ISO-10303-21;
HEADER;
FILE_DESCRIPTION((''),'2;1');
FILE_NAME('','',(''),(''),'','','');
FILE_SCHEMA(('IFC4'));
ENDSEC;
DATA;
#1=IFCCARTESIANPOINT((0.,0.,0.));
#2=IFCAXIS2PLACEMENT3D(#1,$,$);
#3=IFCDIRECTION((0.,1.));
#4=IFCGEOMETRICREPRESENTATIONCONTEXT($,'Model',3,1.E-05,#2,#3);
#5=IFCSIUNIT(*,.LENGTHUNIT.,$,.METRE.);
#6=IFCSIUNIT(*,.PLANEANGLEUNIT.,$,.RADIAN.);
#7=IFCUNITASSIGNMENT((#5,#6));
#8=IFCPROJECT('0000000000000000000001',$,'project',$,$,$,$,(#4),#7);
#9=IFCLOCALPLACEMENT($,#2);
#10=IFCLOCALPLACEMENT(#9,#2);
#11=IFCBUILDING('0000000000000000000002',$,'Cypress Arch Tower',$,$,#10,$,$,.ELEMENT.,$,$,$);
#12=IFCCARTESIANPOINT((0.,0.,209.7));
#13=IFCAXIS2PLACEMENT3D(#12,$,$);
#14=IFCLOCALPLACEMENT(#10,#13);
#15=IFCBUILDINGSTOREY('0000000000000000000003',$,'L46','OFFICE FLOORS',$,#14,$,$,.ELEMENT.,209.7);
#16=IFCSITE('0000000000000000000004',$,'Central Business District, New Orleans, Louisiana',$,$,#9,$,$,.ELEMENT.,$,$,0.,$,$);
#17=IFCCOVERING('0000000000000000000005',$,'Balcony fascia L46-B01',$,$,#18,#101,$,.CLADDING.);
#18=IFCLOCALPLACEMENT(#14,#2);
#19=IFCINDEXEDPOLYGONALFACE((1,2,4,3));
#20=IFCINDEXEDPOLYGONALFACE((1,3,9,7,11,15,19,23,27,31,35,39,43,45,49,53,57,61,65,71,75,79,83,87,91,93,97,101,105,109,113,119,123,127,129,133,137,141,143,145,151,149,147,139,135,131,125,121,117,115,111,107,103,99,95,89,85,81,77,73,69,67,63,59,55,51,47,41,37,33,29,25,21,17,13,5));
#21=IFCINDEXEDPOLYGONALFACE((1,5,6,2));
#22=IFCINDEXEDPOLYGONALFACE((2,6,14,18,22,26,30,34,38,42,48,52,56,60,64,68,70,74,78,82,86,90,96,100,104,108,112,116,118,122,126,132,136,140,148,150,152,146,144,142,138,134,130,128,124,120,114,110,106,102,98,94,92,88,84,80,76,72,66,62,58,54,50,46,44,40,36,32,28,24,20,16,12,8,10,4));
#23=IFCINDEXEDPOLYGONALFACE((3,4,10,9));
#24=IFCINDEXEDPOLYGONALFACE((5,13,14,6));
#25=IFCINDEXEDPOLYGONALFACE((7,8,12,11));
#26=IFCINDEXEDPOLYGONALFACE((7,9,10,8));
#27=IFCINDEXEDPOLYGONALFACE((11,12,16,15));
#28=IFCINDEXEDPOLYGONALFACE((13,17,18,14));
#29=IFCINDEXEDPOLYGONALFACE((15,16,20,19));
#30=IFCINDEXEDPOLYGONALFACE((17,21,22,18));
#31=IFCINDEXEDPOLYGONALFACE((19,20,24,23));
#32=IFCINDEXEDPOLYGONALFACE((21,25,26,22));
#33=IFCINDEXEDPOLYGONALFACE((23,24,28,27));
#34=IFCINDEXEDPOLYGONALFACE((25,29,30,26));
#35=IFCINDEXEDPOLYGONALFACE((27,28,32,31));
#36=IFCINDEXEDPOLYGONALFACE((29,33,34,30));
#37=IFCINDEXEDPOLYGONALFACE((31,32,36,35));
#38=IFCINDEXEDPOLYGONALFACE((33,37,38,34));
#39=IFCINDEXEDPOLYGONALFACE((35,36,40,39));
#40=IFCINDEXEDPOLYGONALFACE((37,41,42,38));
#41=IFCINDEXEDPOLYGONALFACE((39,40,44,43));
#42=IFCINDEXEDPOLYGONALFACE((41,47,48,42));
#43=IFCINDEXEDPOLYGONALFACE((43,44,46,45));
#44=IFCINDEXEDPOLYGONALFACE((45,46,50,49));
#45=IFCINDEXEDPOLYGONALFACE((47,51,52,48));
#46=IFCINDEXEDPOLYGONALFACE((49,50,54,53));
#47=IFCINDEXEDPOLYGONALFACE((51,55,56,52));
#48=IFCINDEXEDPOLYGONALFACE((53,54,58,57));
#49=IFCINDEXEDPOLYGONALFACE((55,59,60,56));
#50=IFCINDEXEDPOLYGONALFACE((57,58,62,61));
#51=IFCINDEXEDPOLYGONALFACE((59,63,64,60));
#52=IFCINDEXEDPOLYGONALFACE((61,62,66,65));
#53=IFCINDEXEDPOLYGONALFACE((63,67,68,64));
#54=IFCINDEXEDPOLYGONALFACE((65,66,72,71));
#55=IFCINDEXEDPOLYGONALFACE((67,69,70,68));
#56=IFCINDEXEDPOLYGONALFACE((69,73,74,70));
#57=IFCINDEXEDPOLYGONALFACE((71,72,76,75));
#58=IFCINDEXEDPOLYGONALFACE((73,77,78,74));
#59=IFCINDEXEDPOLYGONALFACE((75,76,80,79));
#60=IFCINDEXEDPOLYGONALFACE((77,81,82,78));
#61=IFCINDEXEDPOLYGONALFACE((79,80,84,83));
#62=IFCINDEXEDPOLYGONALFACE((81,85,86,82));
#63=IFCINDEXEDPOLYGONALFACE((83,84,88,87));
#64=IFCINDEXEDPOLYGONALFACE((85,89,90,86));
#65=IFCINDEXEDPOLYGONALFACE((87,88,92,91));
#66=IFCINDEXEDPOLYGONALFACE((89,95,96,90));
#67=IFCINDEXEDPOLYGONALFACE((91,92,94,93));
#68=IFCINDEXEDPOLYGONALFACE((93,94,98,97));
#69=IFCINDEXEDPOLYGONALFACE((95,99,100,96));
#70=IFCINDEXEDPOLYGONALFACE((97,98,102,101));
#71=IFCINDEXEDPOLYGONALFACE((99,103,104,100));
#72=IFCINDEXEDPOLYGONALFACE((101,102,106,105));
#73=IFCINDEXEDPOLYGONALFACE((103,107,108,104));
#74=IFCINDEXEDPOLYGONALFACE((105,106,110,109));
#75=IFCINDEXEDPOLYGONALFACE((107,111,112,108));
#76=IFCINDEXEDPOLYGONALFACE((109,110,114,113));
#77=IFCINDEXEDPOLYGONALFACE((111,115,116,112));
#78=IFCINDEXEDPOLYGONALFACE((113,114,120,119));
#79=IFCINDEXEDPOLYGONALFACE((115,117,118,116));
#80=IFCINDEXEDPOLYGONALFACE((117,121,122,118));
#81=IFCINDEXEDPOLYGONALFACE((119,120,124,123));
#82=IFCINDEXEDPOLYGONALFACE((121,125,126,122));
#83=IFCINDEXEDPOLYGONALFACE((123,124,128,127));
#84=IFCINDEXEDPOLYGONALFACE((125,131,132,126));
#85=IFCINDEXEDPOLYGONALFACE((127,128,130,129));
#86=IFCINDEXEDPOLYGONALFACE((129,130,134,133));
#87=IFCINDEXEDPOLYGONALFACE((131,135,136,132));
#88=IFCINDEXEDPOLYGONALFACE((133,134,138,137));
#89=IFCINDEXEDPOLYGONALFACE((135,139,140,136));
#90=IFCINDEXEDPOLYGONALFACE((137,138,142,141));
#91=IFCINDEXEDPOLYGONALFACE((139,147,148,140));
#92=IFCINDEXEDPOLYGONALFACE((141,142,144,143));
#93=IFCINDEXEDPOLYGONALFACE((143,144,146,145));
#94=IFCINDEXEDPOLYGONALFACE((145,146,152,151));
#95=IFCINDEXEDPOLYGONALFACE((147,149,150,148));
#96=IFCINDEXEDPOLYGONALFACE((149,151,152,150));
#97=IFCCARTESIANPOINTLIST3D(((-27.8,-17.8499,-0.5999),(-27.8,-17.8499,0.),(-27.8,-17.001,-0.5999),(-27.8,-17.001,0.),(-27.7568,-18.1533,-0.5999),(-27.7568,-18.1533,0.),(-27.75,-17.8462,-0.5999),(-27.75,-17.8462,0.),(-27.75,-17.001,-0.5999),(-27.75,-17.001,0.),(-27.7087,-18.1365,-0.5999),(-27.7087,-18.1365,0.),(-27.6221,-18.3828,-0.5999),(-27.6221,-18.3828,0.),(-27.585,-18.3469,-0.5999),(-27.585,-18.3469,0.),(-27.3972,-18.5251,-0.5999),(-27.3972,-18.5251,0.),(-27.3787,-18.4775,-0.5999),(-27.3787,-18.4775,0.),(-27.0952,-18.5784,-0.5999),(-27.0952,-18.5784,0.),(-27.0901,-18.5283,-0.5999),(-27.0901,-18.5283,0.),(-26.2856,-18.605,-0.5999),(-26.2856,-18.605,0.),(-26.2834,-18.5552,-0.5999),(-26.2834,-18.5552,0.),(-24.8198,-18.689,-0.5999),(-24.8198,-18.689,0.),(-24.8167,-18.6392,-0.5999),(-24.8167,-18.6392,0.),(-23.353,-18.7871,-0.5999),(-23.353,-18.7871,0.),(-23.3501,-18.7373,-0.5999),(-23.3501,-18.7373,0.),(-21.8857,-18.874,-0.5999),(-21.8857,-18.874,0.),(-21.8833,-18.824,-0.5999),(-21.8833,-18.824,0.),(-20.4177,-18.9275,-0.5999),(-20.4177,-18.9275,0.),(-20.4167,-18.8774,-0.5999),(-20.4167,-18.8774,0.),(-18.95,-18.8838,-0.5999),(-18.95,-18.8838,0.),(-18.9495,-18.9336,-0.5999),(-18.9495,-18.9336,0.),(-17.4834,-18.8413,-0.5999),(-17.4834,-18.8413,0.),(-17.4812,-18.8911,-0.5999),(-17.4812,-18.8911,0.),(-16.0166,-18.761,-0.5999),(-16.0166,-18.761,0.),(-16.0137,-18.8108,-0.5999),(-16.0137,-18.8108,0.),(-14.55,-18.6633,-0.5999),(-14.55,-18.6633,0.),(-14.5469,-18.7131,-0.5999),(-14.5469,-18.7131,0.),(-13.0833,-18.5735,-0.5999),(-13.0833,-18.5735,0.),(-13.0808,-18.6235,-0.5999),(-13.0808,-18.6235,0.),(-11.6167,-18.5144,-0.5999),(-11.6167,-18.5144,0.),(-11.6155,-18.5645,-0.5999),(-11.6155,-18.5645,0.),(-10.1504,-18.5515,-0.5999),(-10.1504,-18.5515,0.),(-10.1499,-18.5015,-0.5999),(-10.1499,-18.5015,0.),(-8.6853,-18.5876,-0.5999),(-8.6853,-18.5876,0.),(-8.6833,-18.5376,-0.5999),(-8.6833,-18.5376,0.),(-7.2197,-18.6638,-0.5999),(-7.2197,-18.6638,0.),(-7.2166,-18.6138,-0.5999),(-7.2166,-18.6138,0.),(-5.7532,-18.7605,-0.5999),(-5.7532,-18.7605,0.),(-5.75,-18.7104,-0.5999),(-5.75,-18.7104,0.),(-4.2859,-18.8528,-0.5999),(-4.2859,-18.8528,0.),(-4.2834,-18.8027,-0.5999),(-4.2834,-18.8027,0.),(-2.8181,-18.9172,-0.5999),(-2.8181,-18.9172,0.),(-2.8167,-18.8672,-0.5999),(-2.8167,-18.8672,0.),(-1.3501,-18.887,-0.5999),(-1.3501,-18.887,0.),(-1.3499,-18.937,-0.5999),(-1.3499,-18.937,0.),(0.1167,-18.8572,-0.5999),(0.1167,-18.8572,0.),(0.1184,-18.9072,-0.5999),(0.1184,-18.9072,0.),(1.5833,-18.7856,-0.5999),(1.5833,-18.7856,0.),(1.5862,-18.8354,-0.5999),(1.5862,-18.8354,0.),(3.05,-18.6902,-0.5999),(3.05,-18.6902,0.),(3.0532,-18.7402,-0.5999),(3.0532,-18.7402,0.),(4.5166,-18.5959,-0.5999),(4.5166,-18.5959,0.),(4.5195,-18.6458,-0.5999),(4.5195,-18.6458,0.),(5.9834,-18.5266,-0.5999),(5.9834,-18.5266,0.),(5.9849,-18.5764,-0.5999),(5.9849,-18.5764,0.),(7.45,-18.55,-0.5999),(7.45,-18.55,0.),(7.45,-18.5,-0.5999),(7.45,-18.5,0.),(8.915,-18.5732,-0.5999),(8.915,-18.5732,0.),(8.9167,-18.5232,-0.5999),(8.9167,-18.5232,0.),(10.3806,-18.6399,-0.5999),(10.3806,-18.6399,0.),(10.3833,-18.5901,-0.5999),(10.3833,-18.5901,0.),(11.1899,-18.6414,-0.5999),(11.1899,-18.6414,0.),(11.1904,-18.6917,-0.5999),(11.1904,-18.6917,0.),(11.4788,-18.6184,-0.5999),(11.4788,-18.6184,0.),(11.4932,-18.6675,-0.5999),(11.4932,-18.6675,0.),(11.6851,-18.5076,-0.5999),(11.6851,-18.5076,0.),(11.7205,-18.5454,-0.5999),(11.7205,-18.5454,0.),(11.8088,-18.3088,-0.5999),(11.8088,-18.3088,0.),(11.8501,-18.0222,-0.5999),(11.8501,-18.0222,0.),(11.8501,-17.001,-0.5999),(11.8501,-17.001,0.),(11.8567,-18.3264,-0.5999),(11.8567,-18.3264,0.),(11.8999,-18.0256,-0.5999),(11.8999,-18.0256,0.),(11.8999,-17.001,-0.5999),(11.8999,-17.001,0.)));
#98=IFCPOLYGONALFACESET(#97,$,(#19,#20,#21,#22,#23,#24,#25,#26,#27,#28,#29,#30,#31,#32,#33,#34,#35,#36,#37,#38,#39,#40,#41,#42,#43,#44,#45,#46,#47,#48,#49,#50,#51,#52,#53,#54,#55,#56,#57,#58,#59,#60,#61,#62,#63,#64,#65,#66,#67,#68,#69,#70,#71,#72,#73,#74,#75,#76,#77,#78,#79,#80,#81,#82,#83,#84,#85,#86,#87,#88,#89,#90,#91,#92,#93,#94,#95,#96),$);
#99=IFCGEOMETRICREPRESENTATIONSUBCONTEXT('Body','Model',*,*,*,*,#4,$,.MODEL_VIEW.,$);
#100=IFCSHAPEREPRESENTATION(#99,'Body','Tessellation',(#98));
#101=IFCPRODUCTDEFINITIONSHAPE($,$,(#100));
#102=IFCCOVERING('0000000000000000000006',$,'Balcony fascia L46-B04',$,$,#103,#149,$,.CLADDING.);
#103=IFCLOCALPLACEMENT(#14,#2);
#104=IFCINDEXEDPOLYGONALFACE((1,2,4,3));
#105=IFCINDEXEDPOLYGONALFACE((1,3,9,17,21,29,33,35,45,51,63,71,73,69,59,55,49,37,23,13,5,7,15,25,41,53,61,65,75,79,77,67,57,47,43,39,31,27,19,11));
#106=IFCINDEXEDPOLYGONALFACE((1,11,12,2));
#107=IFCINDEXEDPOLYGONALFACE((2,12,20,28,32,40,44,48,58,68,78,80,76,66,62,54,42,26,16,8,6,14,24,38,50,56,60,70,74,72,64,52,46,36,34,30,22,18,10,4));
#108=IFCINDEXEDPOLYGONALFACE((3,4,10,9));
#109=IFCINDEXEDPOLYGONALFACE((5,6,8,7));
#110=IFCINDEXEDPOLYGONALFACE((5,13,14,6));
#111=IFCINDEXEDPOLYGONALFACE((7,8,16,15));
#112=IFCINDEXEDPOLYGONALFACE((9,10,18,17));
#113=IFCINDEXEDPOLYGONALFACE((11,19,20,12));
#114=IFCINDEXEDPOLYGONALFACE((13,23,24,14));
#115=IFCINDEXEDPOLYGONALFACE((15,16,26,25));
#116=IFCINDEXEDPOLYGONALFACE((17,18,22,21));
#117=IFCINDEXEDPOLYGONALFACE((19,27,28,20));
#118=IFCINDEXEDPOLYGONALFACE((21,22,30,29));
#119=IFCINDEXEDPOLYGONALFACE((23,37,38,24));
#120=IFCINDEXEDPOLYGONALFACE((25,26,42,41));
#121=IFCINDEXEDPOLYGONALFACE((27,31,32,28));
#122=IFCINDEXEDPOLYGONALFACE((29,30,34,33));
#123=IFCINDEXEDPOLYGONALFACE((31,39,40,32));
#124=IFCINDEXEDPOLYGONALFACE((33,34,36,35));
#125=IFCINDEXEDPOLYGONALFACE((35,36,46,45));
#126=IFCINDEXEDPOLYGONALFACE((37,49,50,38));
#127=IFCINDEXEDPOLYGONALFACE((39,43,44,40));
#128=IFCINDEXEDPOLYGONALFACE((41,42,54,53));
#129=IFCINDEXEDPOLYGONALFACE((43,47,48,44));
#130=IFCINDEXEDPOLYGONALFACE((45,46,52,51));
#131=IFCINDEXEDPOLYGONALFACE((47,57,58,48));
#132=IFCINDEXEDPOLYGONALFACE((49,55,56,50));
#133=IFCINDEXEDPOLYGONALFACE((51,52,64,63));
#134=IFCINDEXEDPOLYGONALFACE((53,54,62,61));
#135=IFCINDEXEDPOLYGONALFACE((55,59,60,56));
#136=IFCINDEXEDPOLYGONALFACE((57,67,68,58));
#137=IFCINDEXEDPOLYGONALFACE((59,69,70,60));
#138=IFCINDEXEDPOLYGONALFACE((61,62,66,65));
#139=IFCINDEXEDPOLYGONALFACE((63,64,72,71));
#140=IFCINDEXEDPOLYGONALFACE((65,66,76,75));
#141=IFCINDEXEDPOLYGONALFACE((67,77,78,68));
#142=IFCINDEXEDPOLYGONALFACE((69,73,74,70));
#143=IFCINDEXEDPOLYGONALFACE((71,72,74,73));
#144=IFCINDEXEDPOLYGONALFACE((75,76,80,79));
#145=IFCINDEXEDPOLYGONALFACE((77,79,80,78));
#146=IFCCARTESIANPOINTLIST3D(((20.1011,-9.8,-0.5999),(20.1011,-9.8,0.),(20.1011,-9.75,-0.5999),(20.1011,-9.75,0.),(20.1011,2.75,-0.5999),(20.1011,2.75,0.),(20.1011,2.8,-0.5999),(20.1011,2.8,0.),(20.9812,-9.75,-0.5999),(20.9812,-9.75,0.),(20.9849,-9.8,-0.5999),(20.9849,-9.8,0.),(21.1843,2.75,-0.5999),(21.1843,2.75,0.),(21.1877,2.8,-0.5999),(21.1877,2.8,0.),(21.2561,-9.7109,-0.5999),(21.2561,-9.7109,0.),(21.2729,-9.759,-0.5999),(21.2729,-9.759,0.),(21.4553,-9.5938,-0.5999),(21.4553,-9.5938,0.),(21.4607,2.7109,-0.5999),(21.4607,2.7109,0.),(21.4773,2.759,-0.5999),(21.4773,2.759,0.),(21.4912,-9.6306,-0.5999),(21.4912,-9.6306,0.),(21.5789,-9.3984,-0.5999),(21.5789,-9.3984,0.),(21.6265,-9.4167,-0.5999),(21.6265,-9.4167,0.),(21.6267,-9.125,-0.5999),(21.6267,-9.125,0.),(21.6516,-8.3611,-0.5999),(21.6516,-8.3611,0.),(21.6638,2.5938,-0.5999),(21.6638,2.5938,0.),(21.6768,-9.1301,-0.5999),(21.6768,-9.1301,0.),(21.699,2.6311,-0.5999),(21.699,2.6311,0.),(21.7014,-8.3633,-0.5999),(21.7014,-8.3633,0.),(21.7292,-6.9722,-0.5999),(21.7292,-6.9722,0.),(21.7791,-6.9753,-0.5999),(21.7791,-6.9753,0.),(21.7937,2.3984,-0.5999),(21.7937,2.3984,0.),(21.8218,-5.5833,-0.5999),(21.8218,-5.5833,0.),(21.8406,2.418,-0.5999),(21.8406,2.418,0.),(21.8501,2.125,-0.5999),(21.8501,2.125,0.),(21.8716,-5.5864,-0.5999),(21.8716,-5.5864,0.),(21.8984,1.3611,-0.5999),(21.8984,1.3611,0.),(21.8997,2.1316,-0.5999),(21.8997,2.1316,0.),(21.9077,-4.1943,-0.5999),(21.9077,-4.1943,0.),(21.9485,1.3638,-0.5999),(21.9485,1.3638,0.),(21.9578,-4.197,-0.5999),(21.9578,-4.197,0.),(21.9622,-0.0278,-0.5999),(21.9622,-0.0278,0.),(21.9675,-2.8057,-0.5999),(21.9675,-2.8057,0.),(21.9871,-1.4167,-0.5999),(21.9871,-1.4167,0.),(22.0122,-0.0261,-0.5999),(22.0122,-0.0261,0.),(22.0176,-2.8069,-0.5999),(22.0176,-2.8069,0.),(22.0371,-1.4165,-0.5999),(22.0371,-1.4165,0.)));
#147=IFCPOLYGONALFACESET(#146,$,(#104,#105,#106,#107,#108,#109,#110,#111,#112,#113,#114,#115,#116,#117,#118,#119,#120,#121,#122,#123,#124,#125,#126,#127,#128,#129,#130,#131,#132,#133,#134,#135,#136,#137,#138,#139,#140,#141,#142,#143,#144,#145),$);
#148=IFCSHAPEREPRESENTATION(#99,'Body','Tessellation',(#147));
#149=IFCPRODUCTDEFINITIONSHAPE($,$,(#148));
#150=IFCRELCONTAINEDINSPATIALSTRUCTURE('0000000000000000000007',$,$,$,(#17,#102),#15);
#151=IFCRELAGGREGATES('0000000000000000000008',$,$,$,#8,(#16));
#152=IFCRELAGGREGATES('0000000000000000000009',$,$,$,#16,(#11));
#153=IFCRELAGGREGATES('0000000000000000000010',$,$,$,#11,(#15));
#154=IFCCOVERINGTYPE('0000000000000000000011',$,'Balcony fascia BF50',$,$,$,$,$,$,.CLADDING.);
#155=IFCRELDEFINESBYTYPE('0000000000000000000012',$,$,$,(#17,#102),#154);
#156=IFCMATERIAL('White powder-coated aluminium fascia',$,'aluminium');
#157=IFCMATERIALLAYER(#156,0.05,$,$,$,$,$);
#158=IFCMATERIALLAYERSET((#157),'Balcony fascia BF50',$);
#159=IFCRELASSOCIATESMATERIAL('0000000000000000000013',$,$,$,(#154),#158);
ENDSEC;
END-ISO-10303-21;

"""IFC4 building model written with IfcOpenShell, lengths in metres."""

from ifc_helpers import new_model, si_unit, direction, frame, origin, place, context, subcontext, project, spatial, polyline, outline, extrude, material, layer, layer_set, type_object, element, save


model = new_model("IFC4")

# Units and contexts
model_context = context("Model", 3, precision=1e-05, world=origin(), true_north=direction((0.0, 1.0)))
body_context = subcontext(model_context, "Body", "Model", "MODEL_VIEW")
ifc_project = project(units=[si_unit("LENGTHUNIT", "METRE"), si_unit("PLANEANGLEUNIT", "RADIAN")], contexts=[model_context])

# Site, building, storey
site_placement = place(None, origin())
site = spatial("IfcSite", under=ifc_project, at=site_placement, Name="Central Business District, New Orleans, Louisiana", CompositionType="ELEMENT", RefElevation=0.0)
building_placement = place(site_placement, origin())
building = spatial("IfcBuilding", under=site, at=building_placement, Name="Cypress Arch Tower", CompositionType="ELEMENT")
storey_placement = place(building_placement, frame((0.0, 0.0, 209.7)))
storey = spatial("IfcBuildingStorey", under=building, at=storey_placement, Name="L46", Description="OFFICE FLOORS", CompositionType="ELEMENT", Elevation=209.7)

# Coverings
ifc_material_1 = material(Name="White powder-coated aluminium fascia", Category="aluminium")
ifc_layer_1 = layer(ifc_material_1, 0.05)
ifc_layer_set_1 = layer_set([ifc_layer_1], Name="Balcony fascia BF50")
covering_type_1 = type_object("IfcCoveringType", Name="Balcony fascia BF50", PredefinedType="CLADDING", material=ifc_layer_set_1)
covering_1_placement = place(storey_placement, frame((0.0, 0.0, -0.5999)))
element("IfcCovering", 1, at=covering_1_placement, inside=storey, type_object=covering_type_1, Name="Balcony fascia L46-B01", PredefinedType="CLADDING", context=body_context, shape_type="SweptSolid", body=[
    extrude(outline(polyline([(11.8999, -18.0256), (11.8567, -18.3264), (11.7205, -18.5454), (11.4932, -18.6675), (11.1904, -18.6917), (10.3806, -18.6399), (8.915, -18.5732), (7.45, -18.55), (5.9849, -18.5764), (4.5195, -18.6458), (3.0532, -18.7402), (1.5862, -18.8354), (0.1184, -18.9072), (-1.3499, -18.937), (-2.8181, -18.9172), (-4.2859, -18.8528), (-5.7532, -18.7605), (-7.2197, -18.6638), (-8.6853, -18.5876), (-10.1504, -18.5515), (-11.6155, -18.5645), (-13.0808, -18.6235), (-14.5469, -18.7131), (-16.0137, -18.8108), (-17.4812, -18.8911), (-18.9495, -18.9336), (-20.4177, -18.9275), (-21.8857, -18.874), (-23.353, -18.7871), (-24.8198, -18.689), (-26.2856, -18.605), (-27.0952, -18.5784), (-27.3972, -18.5251), (-27.6221, -18.3828), (-27.7568, -18.1533), (-27.8, -17.8499), (-27.8, -17.001), (-27.75, -17.001), (-27.75, -17.8462), (-27.7087, -18.1365), (-27.585, -18.3469), (-27.3787, -18.4775), (-27.0901, -18.5283), (-26.2834, -18.5552), (-24.8167, -18.6392), (-23.3501, -18.7373), (-21.8833, -18.824), (-20.4167, -18.8774), (-18.95, -18.8838), (-17.4834, -18.8413), (-16.0166, -18.761), (-14.55, -18.6633), (-13.0833, -18.5735), (-11.6167, -18.5144), (-10.1499, -18.5015), (-8.6833, -18.5376), (-7.2166, -18.6138), (-5.75, -18.7104), (-4.2834, -18.8027), (-2.8167, -18.8672), (-1.3501, -18.887), (0.1167, -18.8572), (1.5833, -18.7856), (3.05, -18.6902), (4.5166, -18.5959), (5.9834, -18.5266), (7.45, -18.5), (8.9167, -18.5232), (10.3833, -18.5901), (11.1899, -18.6414), (11.4788, -18.6184), (11.6851, -18.5076), (11.8088, -18.3088), (11.8501, -18.0222), (11.8501, -17.001), (11.8999, -17.001), (11.8999, -18.0256)])), origin(), (0.0, 0.0, 1.0), 0.5999),
])
covering_2_placement = place(storey_placement, frame((0.0, 0.0, -0.5999)))
element("IfcCovering", 2, at=covering_2_placement, inside=storey, type_object=covering_type_1, Name="Balcony fascia L46-B04", PredefinedType="CLADDING", context=body_context, shape_type="SweptSolid", body=[
    extrude(outline(polyline([(21.1877, 2.8), (21.4773, 2.759), (21.699, 2.6311), (21.8406, 2.418), (21.8997, 2.1316), (21.9485, 1.3638), (22.0122, -0.0261), (22.0371, -1.4165), (22.0176, -2.8069), (21.9578, -4.197), (21.8716, -5.5864), (21.7791, -6.9753), (21.7014, -8.3633), (21.6768, -9.1301), (21.6265, -9.4167), (21.4912, -9.6306), (21.2729, -9.759), (20.9849, -9.8), (20.1011, -9.8), (20.1011, -9.75), (20.9812, -9.75), (21.2561, -9.7109), (21.4553, -9.5938), (21.5789, -9.3984), (21.6267, -9.125), (21.6516, -8.3611), (21.7292, -6.9722), (21.8218, -5.5833), (21.9077, -4.1943), (21.9675, -2.8057), (21.9871, -1.4167), (21.9622, -0.0278), (21.8984, 1.3611), (21.8501, 2.125), (21.7937, 2.3984), (21.6638, 2.5938), (21.4607, 2.7109), (21.1843, 2.75), (20.1011, 2.75), (20.1011, 2.8), (21.1877, 2.8)])), origin(), (0.0, 0.0, 1.0), 0.5999),
])

save(model, "model.ifc")
